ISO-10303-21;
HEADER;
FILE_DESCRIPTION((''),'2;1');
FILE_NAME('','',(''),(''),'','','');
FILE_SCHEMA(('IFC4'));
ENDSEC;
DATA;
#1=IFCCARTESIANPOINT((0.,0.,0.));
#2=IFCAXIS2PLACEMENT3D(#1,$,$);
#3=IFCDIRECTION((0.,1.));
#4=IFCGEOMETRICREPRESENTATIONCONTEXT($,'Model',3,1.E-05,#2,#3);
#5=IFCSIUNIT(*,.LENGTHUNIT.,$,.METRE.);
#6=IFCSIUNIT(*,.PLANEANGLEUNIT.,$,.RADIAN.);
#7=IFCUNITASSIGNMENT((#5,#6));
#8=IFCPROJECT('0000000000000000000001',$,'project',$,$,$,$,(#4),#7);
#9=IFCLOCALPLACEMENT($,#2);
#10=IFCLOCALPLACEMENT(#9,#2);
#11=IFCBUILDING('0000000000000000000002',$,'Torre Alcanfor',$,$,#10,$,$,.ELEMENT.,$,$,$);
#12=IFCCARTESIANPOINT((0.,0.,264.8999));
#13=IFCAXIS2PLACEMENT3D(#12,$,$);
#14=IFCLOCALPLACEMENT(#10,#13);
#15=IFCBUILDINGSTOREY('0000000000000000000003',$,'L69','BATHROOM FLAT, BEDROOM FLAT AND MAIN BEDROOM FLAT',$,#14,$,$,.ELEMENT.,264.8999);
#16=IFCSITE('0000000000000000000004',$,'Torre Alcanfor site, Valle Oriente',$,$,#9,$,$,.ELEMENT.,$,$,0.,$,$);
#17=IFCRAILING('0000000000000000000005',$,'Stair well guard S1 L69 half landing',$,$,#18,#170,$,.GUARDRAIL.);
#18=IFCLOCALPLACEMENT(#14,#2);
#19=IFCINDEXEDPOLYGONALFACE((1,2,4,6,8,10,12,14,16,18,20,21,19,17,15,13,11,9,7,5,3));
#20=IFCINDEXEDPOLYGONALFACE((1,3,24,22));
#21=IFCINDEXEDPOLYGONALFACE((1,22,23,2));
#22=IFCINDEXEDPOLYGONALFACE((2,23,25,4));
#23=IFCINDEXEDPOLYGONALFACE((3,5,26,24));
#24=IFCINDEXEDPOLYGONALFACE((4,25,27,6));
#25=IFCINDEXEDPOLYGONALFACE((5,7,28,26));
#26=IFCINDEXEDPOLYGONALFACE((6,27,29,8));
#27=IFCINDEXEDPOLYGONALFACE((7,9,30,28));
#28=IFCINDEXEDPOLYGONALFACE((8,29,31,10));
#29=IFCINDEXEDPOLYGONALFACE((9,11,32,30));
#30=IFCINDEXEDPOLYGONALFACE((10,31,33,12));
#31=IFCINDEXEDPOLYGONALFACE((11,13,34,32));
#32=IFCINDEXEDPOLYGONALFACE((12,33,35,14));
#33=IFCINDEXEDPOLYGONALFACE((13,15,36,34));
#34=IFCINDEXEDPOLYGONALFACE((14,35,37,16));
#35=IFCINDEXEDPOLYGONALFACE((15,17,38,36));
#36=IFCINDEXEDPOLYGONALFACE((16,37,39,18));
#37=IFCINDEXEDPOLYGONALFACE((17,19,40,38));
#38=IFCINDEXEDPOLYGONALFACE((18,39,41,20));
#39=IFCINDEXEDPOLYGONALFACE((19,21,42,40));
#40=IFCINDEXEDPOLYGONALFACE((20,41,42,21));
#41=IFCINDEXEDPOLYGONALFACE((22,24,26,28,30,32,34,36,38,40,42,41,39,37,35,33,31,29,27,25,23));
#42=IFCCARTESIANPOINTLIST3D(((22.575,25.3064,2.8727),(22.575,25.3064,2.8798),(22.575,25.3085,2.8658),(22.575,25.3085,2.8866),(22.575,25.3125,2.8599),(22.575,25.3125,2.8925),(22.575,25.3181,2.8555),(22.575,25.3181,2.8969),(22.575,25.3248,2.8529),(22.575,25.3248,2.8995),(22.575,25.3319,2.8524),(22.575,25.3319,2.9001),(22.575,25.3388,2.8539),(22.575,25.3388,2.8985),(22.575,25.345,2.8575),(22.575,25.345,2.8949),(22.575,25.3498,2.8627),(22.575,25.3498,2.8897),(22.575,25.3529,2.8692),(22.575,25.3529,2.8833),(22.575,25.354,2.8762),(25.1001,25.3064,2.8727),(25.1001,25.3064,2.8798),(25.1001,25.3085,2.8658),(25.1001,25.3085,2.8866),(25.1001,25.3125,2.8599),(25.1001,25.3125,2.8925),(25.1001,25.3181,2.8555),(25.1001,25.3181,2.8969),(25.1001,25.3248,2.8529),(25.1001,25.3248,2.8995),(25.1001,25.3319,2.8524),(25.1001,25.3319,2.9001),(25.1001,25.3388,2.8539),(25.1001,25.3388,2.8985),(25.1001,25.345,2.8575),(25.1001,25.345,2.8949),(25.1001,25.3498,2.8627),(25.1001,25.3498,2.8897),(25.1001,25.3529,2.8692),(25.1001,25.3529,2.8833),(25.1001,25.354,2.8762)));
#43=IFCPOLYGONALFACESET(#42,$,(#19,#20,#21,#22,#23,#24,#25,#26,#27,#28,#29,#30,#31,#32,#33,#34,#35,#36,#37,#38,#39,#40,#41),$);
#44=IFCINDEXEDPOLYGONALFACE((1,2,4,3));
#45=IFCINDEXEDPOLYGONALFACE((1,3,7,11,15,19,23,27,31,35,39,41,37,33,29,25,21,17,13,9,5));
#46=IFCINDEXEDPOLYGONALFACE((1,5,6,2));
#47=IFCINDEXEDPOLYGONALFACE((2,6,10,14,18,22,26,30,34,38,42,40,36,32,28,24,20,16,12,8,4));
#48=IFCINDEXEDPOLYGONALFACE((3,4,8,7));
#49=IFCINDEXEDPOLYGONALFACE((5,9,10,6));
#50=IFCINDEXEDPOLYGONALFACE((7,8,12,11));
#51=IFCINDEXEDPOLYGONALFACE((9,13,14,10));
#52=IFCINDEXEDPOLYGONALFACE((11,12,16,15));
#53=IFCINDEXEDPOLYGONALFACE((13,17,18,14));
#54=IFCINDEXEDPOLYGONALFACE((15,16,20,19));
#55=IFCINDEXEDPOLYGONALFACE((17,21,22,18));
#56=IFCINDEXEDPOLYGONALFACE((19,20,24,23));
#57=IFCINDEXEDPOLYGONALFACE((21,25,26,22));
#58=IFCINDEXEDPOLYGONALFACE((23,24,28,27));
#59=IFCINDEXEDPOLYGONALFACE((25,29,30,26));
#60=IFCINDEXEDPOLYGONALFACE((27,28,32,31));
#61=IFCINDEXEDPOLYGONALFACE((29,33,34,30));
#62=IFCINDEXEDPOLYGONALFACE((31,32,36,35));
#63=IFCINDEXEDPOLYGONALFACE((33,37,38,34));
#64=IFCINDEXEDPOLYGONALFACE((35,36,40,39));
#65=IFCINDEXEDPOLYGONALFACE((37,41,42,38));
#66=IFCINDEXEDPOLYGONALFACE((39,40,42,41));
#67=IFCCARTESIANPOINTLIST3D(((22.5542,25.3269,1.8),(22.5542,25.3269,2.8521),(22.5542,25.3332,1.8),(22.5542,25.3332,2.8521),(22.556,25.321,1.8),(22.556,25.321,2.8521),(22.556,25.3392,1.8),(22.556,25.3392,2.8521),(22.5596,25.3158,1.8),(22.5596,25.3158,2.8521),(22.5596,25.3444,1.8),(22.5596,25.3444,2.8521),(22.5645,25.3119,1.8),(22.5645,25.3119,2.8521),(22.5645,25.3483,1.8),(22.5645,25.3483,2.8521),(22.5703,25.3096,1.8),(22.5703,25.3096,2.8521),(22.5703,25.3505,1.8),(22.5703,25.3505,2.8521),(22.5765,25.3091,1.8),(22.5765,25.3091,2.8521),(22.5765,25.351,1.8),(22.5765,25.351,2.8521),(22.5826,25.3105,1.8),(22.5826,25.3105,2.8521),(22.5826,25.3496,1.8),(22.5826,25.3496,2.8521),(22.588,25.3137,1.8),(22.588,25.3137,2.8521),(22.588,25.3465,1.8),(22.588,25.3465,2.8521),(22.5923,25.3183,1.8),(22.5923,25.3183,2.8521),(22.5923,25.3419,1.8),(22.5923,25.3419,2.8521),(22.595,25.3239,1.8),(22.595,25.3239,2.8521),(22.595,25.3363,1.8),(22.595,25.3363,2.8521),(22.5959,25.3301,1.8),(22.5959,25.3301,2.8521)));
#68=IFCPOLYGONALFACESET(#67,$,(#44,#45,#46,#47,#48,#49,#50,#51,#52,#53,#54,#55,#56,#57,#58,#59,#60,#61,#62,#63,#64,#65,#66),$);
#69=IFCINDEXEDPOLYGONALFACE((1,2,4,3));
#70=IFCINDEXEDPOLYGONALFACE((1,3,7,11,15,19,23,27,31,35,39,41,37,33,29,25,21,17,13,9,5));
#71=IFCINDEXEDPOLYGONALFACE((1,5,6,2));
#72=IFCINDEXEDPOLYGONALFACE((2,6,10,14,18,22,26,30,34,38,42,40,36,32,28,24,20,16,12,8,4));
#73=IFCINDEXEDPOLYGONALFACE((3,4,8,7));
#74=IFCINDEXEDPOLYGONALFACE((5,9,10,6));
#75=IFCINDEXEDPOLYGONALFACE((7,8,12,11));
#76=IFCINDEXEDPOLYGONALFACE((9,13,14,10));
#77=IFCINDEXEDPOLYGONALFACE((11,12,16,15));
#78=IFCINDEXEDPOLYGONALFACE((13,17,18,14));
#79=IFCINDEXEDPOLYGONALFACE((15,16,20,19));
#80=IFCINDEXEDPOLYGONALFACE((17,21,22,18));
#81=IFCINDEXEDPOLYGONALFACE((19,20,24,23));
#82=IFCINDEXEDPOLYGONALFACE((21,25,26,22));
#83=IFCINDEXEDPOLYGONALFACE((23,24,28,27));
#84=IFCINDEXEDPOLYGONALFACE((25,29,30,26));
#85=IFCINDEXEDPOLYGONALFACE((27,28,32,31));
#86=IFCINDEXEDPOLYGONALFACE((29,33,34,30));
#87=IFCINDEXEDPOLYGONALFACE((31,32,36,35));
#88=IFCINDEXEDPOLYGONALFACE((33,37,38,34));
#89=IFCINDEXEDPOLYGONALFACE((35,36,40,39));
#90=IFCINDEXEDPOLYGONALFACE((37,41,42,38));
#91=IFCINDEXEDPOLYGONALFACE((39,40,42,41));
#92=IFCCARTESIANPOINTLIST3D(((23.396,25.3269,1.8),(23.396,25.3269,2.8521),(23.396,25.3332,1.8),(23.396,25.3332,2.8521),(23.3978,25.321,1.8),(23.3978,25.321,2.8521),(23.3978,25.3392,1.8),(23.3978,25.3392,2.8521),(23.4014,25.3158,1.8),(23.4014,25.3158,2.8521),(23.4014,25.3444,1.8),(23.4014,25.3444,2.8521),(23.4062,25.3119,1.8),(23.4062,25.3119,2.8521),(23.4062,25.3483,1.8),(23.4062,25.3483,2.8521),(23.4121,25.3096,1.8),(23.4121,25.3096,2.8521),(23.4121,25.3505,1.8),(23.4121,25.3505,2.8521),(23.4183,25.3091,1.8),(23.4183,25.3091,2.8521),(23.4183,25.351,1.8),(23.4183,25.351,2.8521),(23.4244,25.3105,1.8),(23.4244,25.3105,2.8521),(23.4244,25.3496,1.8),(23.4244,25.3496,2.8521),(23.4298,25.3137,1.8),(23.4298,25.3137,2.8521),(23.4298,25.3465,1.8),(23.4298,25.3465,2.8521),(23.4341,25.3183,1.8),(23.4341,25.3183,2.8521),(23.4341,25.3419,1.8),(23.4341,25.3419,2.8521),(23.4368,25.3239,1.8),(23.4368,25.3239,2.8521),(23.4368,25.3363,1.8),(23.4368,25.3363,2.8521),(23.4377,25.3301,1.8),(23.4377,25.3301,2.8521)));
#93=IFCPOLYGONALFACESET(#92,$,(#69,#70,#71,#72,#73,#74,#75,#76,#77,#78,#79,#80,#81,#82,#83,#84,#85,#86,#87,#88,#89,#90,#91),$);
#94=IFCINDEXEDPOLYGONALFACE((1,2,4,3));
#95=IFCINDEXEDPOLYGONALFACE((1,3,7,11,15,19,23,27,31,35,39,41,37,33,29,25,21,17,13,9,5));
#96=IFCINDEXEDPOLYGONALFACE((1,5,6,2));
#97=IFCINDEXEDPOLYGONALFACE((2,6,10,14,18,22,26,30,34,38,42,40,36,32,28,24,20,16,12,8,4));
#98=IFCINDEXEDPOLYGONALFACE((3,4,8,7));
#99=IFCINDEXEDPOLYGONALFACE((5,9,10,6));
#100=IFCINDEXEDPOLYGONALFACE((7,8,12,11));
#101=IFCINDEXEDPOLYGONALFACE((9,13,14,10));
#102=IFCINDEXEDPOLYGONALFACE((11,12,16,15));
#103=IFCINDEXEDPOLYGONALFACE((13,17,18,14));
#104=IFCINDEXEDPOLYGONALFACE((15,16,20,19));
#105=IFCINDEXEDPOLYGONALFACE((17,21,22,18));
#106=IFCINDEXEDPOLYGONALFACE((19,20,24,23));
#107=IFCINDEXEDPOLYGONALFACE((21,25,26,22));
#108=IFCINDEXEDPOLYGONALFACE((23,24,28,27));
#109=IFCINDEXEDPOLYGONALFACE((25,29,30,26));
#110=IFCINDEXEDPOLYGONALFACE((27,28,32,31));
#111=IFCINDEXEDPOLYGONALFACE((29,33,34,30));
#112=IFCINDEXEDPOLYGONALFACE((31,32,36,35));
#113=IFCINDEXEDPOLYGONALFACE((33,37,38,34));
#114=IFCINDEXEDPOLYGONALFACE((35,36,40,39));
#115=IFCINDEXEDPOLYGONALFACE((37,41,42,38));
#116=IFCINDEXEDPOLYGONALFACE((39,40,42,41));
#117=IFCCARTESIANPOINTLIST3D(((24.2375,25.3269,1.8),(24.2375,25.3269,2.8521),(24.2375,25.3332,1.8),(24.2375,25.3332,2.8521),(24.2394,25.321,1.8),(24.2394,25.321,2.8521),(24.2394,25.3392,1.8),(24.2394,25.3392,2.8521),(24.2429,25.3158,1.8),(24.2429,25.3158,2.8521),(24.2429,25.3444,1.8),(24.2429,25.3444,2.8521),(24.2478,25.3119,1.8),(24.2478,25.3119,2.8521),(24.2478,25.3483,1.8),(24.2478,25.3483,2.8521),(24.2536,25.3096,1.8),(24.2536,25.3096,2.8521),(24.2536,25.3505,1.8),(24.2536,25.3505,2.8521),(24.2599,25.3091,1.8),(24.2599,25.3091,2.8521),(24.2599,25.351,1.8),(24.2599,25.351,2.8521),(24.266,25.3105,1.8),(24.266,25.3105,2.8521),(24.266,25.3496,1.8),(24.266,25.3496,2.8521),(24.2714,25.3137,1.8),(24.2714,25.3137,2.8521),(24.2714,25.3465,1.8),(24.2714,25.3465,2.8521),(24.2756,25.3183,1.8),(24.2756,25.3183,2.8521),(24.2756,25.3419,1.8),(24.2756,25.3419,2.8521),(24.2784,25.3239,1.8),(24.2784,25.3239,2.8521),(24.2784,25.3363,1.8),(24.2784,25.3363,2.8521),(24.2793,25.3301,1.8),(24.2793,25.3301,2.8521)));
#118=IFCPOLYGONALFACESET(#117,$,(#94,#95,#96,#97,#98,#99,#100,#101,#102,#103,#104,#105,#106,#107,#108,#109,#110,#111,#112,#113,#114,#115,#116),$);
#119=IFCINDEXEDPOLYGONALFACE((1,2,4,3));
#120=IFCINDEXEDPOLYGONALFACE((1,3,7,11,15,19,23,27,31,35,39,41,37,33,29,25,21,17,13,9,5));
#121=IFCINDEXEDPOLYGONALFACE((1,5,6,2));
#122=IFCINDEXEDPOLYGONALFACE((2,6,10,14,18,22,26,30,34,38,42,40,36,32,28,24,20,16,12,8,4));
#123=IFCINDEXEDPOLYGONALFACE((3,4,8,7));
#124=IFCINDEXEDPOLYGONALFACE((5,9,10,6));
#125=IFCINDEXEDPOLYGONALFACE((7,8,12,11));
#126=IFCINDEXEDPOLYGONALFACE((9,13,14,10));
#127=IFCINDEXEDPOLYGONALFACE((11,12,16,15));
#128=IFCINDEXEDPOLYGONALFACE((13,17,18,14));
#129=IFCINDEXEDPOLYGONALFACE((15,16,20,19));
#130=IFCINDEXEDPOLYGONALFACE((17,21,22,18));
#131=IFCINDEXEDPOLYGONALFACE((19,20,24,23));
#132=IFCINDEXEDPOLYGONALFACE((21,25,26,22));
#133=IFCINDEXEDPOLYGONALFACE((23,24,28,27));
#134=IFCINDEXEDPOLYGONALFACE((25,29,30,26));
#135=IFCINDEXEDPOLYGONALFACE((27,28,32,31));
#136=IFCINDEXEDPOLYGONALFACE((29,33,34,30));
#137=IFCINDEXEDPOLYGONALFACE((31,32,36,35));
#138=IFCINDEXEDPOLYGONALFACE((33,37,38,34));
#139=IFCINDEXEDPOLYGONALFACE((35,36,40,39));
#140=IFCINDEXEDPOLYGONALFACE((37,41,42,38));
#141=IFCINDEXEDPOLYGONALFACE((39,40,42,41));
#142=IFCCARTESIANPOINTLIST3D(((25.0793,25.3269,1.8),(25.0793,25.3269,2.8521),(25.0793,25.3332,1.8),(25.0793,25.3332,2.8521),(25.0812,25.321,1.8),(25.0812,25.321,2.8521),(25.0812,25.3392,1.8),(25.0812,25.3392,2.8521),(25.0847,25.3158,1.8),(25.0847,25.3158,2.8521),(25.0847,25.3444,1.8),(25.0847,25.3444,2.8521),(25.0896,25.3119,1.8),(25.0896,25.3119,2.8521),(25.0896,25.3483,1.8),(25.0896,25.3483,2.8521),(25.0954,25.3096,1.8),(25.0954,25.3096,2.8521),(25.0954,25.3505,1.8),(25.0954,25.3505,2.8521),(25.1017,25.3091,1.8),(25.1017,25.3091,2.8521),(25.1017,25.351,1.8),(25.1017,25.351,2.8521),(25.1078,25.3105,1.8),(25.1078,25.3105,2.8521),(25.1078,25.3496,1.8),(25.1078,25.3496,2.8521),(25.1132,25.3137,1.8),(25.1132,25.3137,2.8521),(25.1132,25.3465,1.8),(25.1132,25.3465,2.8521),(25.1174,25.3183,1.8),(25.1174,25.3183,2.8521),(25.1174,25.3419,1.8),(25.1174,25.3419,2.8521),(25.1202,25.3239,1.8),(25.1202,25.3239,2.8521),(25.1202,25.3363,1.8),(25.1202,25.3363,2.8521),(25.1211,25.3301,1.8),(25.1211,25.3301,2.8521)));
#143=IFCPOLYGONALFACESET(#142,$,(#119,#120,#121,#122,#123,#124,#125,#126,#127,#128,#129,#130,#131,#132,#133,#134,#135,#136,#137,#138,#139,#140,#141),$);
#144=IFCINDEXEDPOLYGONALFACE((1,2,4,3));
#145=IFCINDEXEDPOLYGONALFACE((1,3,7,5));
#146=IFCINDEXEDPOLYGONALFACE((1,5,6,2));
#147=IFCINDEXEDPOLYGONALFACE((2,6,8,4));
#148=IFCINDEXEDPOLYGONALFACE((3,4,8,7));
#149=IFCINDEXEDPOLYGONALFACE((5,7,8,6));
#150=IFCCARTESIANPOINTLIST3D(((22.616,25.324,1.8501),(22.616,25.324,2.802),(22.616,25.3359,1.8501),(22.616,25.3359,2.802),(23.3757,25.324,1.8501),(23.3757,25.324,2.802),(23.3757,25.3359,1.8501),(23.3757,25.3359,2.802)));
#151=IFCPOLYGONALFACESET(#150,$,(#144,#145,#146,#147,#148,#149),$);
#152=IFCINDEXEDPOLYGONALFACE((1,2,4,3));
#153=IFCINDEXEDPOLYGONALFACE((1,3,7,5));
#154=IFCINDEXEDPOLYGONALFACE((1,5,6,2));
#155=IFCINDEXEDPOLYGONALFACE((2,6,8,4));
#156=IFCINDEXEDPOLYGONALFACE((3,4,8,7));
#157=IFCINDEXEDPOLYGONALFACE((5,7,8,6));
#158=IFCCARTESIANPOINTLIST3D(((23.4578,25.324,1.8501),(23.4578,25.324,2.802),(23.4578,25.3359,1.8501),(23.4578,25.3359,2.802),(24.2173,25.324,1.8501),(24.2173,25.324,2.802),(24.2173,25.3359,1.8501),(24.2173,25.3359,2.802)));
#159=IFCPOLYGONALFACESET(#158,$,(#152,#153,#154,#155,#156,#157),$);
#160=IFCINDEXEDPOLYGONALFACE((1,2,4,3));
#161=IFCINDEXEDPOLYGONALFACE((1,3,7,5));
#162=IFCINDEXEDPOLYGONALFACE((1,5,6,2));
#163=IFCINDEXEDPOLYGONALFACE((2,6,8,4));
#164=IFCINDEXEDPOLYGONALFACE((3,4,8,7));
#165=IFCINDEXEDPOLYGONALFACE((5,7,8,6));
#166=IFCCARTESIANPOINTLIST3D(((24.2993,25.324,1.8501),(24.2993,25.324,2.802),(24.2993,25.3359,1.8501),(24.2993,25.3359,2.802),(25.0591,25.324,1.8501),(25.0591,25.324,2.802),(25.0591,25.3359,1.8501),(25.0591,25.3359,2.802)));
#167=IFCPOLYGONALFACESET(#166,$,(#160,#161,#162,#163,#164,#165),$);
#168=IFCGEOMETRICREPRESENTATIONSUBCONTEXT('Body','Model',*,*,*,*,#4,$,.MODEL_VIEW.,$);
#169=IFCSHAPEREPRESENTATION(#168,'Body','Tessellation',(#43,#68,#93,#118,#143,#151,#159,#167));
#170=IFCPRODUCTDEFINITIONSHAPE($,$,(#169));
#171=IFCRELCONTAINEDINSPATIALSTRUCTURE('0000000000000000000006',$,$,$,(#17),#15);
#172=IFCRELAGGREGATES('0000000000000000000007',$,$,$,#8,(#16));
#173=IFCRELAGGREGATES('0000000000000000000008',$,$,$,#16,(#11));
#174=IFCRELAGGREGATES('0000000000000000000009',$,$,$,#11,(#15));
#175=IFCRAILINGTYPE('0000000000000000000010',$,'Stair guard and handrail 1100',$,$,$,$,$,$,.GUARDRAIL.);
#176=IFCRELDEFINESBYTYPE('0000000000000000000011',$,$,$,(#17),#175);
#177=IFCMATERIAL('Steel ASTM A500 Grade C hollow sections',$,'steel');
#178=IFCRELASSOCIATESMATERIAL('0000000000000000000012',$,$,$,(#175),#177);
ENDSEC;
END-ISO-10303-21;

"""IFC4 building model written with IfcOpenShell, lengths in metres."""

from ifc_helpers import new_model, si_unit, direction, frame, origin, origin_2d, place, context, subcontext, project, spatial, polyline, circle, outline, extrude, material, type_object, element, save


model = new_model("IFC4")

# Units and contexts
model_context = context("Model", 3, precision=1e-05, world=origin(), true_north=direction((0.0, 1.0)))
body_context = subcontext(model_context, "Body", "Model", "MODEL_VIEW")
ifc_project = project(units=[si_unit("LENGTHUNIT", "METRE"), si_unit("PLANEANGLEUNIT", "RADIAN")], contexts=[model_context])

# Site, building, storey
site_placement = place(None, origin())
site = spatial("IfcSite", under=ifc_project, at=site_placement, Name="Torre Alcanfor site, Valle Oriente", CompositionType="ELEMENT", RefElevation=0.0)
building_placement = place(site_placement, origin())
building = spatial("IfcBuilding", under=site, at=building_placement, Name="Torre Alcanfor", CompositionType="ELEMENT")
storey_placement = place(building_placement, frame((0.0, 0.0, 264.8999)))
storey = spatial("IfcBuildingStorey", under=building, at=storey_placement, Name="L69", Description="BATHROOM FLAT, BEDROOM FLAT AND MAIN BEDROOM FLAT", CompositionType="ELEMENT", Elevation=264.8999)

# Railing
ifc_material_1 = material(Name="Steel ASTM A500 Grade C hollow sections", Category="steel")
railing_type_1 = type_object("IfcRailingType", Name="Stair guard and handrail 1100", PredefinedType="GUARDRAIL", material=ifc_material_1)
railing_1_placement = place(storey_placement, frame((22.575, 25.3301, 1.8)))
element("IfcRailing", 1, at=railing_1_placement, inside=storey, type_object=railing_type_1, Name="Stair well guard S1 L69 half landing", PredefinedType="GUARDRAIL", context=body_context, shape_type="SweptSolid", body=[
    extrude(circle(Radius=0.0239, at=origin_2d()), frame((0.0, 0.0, 1.0762), z_axis=(1.0, 0.0, 0.0), x_axis=(0.0, 1.0, 0.0)), (0.0, 0.0, 1.0), 2.5251),
    extrude(circle(Radius=0.021, at=origin_2d()), origin(), (0.0, 0.0, 1.0), 1.052),
    extrude(circle(Radius=0.021, at=origin_2d()), frame((0.8418, 0.0, 0.0)), (0.0, 0.0, 1.0), 1.052),
    extrude(circle(Radius=0.021, at=origin_2d()), frame((1.6833, 0.0, 0.0)), (0.0, 0.0, 1.0), 1.052),
    extrude(circle(Radius=0.021, at=origin_2d()), frame((2.5251, 0.0, 0.0)), (0.0, 0.0, 1.0), 1.052),
    extrude(outline(polyline([(0.041, 0.05), (0.8008, 0.05), (0.8008, 1.002), (0.041, 1.002), (0.041, 0.05)])), frame((0.0, 0.0059, 0.0), z_axis=(0.0, -1.0, 0.0), x_axis=(1.0, 0.0, 0.0)), (0.0, 0.0, 1.0), 0.012),
    extrude(outline(polyline([(0.8828, 0.05), (1.6423, 0.05), (1.6423, 1.002), (0.8828, 1.002), (0.8828, 0.05)])), frame((0.0, 0.0059, 0.0), z_axis=(0.0, -1.0, 0.0), x_axis=(1.0, 0.0, 0.0)), (0.0, 0.0, 1.0), 0.012),
    extrude(outline(polyline([(1.7244, 0.05), (2.4841, 0.05), (2.4841, 1.002), (1.7244, 1.002), (1.7244, 0.05)])), frame((0.0, 0.0059, 0.0), z_axis=(0.0, -1.0, 0.0), x_axis=(1.0, 0.0, 0.0)), (0.0, 0.0, 1.0), 0.012),
])

save(model, "model.ifc")
